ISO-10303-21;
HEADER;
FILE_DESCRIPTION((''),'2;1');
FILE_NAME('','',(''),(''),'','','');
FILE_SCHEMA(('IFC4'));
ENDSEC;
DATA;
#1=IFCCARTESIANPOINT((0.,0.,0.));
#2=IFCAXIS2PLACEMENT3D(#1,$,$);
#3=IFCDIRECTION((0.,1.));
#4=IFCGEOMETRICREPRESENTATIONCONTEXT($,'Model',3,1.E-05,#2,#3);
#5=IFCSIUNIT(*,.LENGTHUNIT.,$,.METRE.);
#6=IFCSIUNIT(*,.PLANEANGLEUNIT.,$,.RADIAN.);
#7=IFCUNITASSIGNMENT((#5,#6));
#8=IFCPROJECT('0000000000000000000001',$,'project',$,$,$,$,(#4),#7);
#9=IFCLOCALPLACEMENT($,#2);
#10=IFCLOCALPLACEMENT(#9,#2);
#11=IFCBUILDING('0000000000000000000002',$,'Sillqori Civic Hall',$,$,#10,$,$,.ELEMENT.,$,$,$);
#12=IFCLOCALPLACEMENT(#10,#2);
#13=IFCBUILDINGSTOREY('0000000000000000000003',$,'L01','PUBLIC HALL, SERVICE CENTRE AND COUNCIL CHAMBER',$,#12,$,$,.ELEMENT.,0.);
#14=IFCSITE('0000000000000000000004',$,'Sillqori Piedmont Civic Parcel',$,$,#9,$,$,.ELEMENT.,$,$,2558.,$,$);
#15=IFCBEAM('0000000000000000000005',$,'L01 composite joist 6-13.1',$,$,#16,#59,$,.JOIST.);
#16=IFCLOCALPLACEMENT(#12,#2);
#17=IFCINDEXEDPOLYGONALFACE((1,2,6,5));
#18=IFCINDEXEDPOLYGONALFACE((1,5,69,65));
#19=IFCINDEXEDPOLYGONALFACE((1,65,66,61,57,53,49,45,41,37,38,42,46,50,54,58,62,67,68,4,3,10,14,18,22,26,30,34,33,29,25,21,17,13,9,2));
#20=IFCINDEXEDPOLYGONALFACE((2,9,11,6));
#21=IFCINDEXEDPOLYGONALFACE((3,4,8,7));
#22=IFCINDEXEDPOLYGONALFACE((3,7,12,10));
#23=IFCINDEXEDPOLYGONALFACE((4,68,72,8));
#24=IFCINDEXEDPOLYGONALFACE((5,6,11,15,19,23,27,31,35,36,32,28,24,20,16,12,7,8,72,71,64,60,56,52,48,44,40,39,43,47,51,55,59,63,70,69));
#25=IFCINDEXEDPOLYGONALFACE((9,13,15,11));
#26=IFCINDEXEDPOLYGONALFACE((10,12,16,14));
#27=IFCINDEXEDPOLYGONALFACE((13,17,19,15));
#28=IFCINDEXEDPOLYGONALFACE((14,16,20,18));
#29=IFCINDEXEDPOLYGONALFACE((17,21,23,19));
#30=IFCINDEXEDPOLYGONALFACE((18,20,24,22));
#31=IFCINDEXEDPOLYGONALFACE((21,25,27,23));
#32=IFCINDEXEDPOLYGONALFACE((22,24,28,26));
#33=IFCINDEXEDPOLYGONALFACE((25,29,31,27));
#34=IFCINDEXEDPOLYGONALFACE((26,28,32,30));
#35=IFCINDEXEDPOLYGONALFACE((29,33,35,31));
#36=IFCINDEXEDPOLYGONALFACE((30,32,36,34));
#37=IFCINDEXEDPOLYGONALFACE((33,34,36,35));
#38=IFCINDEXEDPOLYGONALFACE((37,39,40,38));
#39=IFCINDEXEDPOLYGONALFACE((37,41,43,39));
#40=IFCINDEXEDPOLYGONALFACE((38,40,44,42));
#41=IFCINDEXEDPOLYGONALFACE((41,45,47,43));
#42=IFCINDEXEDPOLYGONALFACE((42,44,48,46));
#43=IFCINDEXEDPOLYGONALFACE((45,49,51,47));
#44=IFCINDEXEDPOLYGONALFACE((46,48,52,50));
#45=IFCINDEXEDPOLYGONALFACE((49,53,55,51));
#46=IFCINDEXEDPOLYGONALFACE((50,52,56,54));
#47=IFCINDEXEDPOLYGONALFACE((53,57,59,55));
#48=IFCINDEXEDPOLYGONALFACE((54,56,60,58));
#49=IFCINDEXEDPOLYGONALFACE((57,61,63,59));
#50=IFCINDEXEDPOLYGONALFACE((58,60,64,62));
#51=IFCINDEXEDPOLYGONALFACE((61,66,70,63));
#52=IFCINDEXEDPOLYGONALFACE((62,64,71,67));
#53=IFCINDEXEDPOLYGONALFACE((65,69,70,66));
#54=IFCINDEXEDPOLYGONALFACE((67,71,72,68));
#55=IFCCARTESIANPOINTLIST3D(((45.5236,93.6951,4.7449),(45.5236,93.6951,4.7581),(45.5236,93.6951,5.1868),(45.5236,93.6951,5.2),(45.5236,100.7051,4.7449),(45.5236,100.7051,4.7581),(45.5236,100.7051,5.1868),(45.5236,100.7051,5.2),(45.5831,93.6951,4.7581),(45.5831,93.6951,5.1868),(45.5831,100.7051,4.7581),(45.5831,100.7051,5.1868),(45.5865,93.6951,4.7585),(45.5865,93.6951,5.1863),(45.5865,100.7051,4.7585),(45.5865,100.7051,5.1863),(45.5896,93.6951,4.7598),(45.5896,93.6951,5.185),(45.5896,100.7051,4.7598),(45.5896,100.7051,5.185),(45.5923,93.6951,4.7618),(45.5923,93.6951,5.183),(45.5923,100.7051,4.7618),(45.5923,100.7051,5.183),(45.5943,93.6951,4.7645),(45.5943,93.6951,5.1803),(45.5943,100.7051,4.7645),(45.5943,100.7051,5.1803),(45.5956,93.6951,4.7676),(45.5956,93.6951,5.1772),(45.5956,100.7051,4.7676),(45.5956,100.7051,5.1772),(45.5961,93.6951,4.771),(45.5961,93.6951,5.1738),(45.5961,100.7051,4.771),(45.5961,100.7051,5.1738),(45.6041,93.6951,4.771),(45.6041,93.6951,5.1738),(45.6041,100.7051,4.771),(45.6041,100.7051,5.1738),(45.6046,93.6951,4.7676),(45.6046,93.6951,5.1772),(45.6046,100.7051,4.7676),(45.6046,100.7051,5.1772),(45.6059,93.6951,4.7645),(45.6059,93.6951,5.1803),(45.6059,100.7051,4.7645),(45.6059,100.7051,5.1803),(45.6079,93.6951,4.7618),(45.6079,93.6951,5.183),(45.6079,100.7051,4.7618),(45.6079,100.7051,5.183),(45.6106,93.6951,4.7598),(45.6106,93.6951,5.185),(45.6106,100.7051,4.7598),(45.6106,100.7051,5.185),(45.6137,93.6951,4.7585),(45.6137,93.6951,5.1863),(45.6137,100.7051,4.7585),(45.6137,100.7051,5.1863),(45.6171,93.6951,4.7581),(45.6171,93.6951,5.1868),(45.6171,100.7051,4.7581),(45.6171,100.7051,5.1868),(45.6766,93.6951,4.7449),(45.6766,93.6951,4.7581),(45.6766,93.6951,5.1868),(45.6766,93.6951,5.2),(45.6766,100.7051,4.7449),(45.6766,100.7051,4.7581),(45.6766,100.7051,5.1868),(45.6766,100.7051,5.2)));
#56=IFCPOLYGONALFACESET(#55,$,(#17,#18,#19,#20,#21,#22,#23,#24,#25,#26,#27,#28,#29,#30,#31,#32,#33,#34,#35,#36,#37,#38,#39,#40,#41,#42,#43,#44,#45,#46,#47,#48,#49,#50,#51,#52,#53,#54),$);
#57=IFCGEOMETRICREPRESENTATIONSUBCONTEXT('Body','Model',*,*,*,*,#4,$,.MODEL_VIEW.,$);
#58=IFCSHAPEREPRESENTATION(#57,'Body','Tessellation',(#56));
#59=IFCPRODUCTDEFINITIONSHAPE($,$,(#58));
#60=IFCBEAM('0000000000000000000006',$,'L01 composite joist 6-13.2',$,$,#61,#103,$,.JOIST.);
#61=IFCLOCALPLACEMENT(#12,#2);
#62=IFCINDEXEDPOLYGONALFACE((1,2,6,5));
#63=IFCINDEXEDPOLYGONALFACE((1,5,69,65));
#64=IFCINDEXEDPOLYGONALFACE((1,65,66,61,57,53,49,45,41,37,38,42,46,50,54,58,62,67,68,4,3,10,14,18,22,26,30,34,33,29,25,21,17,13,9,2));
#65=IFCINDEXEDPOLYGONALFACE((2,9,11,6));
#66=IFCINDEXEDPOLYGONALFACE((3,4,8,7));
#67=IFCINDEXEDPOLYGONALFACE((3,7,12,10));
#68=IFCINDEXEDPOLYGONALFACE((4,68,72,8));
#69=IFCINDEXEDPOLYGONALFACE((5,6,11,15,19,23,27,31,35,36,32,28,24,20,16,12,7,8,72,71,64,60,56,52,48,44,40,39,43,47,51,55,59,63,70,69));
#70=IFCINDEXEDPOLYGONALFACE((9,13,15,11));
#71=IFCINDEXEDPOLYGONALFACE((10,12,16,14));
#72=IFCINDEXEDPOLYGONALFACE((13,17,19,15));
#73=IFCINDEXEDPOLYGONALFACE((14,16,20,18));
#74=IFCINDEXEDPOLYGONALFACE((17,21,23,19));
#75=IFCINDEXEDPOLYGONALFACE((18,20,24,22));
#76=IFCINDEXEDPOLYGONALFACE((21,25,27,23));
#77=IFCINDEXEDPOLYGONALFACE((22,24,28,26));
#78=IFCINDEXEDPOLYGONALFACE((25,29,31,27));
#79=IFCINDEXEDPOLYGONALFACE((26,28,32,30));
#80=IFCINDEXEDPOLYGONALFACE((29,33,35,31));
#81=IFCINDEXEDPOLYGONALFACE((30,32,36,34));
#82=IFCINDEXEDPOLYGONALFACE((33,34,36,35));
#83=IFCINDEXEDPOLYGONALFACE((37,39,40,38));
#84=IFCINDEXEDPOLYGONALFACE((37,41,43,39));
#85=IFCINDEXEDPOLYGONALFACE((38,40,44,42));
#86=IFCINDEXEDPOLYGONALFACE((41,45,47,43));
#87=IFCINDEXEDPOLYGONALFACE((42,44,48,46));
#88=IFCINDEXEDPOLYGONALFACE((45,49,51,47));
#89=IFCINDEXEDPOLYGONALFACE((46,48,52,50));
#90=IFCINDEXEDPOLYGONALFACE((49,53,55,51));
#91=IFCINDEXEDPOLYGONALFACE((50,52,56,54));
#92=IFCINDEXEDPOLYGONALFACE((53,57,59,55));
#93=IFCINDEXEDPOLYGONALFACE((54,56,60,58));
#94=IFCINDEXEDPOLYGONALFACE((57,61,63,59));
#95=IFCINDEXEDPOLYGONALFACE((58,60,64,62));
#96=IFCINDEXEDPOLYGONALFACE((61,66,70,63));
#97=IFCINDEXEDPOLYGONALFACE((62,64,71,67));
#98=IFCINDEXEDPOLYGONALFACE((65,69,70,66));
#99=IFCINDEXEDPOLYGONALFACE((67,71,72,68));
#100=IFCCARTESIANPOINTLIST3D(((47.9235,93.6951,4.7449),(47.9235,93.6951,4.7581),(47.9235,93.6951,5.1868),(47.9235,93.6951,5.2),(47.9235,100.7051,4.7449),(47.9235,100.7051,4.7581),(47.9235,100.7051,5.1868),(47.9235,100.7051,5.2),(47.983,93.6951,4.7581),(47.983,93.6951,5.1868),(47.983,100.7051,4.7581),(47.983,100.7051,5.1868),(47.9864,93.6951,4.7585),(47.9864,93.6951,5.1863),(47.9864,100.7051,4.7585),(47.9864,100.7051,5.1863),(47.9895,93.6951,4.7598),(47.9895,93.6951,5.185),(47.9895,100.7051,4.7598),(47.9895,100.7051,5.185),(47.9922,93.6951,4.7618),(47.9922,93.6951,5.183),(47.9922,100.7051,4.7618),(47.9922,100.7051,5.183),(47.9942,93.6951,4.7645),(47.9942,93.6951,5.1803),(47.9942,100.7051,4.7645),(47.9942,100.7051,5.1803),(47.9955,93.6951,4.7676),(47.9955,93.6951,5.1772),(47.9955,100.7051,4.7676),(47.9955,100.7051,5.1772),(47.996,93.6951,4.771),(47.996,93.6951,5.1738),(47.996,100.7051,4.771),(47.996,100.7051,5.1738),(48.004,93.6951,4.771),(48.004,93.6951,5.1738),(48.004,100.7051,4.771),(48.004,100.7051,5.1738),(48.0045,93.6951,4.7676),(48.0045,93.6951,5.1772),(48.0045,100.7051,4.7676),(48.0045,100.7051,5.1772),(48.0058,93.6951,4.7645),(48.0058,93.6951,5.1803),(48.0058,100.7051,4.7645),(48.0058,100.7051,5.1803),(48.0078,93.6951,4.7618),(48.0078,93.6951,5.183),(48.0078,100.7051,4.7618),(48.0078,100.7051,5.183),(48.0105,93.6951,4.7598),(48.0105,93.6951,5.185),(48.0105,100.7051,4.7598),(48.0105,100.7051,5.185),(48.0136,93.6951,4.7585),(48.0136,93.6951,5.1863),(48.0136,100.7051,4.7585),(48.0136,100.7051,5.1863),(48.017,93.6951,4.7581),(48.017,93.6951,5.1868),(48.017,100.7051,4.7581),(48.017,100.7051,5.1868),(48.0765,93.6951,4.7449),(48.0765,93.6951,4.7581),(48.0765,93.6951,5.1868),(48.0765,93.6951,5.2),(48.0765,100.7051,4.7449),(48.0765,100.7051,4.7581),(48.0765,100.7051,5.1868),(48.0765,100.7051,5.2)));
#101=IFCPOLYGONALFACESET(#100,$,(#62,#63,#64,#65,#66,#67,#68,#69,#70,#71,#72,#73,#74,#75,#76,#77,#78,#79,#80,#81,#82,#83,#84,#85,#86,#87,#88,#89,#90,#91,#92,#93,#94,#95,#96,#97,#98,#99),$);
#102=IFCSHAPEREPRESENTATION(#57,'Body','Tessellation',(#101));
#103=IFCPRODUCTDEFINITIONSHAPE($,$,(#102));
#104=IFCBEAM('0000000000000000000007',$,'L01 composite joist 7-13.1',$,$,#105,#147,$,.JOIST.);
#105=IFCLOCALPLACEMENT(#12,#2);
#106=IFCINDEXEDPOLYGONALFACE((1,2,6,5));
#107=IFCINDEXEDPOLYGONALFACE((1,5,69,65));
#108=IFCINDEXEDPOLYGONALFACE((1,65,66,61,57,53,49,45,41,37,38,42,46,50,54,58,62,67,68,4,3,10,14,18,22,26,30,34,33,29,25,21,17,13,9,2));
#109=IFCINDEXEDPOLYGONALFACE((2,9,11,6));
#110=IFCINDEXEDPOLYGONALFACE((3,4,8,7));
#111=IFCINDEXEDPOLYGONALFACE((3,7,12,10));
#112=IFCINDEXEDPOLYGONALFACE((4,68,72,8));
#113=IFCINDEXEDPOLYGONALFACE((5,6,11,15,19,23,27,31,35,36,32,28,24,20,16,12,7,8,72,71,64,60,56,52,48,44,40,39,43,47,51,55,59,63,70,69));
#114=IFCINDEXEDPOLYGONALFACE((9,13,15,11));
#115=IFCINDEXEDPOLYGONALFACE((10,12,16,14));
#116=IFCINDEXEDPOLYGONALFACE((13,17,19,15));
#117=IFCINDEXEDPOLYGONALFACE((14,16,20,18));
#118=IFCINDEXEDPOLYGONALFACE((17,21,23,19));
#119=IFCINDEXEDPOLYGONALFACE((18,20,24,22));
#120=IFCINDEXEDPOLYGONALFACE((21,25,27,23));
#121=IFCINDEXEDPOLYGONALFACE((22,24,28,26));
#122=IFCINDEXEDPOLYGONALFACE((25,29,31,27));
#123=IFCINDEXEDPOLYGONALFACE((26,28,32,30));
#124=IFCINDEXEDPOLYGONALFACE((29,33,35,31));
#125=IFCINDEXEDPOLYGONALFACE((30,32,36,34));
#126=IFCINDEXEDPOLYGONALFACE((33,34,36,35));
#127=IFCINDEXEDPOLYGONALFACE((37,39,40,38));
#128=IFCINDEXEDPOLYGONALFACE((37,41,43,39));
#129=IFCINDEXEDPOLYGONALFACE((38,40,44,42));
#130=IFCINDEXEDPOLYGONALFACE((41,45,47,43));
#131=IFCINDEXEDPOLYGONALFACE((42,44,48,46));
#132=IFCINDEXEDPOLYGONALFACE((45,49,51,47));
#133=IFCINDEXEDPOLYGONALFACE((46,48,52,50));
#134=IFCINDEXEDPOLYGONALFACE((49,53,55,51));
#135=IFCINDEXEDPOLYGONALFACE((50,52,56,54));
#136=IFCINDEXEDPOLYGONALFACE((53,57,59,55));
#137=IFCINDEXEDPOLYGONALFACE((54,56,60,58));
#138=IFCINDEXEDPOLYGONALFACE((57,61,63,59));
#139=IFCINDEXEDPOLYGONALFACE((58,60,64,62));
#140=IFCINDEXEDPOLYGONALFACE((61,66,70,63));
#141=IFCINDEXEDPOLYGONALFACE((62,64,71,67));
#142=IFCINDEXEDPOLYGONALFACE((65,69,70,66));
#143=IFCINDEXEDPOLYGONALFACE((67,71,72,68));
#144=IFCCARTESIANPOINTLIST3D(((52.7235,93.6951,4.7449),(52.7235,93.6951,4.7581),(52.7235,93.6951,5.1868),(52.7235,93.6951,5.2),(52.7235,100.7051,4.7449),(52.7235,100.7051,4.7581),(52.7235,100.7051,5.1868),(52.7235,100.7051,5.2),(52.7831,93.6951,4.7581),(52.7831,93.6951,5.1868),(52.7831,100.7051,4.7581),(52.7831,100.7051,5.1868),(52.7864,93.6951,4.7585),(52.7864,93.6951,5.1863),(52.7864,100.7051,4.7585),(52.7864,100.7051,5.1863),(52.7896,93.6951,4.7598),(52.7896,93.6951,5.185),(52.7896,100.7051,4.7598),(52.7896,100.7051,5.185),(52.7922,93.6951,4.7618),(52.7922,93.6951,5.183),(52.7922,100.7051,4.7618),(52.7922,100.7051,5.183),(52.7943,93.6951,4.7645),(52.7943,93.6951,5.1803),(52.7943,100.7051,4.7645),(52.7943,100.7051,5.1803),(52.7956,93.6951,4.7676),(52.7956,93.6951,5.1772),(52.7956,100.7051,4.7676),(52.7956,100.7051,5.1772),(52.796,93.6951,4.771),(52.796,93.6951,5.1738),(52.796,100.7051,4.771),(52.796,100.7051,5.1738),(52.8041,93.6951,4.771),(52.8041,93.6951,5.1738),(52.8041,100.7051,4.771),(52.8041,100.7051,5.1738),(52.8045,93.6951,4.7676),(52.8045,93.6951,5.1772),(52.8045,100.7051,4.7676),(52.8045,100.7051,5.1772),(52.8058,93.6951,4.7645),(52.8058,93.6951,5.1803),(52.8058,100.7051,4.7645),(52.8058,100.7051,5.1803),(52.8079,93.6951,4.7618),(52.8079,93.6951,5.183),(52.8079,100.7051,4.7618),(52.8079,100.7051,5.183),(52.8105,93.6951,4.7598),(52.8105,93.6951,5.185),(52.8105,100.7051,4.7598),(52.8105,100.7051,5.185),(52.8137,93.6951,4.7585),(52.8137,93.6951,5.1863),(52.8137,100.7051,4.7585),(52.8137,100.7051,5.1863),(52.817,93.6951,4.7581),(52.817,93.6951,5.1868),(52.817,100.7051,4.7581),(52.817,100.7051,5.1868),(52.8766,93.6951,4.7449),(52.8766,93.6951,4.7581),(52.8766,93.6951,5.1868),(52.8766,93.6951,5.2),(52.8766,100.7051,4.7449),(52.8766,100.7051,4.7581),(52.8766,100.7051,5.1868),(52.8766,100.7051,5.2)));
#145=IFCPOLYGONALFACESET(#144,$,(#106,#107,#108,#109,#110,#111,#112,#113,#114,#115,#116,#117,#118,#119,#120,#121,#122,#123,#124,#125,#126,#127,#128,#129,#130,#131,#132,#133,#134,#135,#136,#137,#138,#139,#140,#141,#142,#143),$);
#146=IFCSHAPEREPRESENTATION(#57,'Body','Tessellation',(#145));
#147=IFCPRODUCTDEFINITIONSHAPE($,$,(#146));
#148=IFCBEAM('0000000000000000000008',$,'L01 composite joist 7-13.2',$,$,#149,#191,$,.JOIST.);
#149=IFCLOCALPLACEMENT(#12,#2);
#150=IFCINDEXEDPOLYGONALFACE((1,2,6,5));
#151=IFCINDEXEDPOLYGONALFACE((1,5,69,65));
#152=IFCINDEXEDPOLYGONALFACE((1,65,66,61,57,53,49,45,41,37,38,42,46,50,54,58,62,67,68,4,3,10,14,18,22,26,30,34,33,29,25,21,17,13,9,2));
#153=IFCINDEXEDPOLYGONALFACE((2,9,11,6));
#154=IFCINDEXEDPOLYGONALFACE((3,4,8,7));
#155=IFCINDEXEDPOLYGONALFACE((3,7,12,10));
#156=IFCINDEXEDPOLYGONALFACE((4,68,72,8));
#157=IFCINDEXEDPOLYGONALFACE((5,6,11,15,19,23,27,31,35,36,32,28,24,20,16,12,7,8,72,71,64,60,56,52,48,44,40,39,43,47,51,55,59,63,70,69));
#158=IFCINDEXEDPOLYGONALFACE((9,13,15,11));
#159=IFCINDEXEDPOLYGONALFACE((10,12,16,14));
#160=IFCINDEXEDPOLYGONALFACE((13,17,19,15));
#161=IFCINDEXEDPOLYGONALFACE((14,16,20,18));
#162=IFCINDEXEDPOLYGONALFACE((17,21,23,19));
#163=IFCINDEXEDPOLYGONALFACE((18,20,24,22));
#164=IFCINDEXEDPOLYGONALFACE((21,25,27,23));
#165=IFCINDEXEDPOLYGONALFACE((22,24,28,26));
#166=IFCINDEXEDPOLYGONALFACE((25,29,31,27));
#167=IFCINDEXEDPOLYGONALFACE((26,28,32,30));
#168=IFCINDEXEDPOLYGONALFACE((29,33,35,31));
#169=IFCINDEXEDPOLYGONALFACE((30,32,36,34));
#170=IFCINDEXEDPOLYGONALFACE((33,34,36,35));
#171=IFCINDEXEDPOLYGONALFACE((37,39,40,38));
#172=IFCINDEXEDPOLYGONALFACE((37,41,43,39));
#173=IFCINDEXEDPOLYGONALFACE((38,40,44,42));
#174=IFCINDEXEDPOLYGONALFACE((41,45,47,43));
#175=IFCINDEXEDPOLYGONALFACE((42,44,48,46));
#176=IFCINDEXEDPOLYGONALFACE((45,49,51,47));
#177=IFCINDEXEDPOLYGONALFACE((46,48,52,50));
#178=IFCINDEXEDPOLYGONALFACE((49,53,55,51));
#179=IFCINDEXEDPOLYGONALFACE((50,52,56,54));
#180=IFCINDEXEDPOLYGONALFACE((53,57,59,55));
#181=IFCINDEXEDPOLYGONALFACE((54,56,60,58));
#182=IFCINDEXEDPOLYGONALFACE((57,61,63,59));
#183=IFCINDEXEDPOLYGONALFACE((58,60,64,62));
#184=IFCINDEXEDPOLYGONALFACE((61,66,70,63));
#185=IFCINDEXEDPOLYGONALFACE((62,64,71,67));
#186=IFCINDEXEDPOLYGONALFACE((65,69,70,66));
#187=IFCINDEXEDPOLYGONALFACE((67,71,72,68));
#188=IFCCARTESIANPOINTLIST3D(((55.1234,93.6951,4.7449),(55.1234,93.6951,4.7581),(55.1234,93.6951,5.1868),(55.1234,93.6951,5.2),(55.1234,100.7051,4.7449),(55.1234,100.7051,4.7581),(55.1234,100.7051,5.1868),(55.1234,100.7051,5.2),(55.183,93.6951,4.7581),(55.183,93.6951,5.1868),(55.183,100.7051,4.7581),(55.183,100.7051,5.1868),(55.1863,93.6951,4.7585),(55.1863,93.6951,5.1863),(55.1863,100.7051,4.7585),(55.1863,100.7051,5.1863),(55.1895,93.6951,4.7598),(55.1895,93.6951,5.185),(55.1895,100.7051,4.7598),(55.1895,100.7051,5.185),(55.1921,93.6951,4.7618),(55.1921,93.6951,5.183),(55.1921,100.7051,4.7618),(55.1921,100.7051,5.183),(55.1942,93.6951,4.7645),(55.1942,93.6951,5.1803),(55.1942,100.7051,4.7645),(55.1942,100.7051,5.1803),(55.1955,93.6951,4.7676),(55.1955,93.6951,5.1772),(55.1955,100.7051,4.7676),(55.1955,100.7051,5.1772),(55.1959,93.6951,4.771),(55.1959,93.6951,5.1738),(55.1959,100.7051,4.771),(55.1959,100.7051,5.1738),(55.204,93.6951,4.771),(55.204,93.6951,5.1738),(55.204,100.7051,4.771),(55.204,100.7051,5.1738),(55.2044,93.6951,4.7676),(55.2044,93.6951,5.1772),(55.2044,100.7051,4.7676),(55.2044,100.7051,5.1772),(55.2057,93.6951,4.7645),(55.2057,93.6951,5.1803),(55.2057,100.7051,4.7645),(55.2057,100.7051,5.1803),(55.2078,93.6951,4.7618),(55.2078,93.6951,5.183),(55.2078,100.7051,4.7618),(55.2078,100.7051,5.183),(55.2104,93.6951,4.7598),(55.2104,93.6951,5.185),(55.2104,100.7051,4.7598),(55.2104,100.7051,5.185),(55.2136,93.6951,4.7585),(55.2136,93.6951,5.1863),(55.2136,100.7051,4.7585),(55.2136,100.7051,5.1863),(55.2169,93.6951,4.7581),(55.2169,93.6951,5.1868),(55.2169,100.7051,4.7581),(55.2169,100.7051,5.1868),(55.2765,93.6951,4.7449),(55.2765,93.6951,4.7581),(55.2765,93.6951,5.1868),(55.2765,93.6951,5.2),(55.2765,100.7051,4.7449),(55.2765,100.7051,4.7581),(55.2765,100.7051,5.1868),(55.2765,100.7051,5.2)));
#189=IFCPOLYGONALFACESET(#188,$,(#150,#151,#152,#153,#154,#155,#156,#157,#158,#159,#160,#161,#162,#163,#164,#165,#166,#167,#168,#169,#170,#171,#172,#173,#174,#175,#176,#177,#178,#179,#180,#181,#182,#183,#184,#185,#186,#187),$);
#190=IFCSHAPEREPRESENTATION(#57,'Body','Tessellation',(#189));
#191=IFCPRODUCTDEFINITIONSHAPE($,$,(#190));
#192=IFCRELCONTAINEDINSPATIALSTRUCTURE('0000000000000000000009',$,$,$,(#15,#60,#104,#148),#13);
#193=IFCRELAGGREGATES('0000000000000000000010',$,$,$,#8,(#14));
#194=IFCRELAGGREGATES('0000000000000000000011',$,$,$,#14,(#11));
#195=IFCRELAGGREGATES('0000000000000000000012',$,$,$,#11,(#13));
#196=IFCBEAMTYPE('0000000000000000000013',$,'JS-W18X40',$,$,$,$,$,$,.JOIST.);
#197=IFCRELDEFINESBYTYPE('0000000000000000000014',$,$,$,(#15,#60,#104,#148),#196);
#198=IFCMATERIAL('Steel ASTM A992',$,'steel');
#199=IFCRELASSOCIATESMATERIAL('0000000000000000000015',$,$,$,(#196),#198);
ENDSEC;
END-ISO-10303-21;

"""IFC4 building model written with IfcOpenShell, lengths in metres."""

from ifc_helpers import new_model, si_unit, direction, frame, origin, origin_2d, place, context, subcontext, project, spatial, i_section, extrude, material, material_profile, profile_set, type_object, element, save


model = new_model("IFC4")

# Units and contexts
model_context = context("Model", 3, precision=1e-05, world=origin(), true_north=direction((0.0, 1.0)))
body_context = subcontext(model_context, "Body", "Model", "MODEL_VIEW")
ifc_project = project(units=[si_unit("LENGTHUNIT", "METRE"), si_unit("PLANEANGLEUNIT", "RADIAN")], contexts=[model_context])

# Site, building, storey
site_placement = place(None, origin())
site = spatial("IfcSite", under=ifc_project, at=site_placement, Name="Sillqori Piedmont Civic Parcel", CompositionType="ELEMENT", RefElevation=2558.0)
building_placement = place(site_placement, origin())
building = spatial("IfcBuilding", under=site, at=building_placement, Name="Sillqori Civic Hall", CompositionType="ELEMENT")
storey_placement = place(building_placement, origin())
storey = spatial("IfcBuildingStorey", under=building, at=storey_placement, Name="L01", Description="PUBLIC HALL, SERVICE CENTRE AND COUNCIL CHAMBER", CompositionType="ELEMENT", Elevation=0.0)

# Shared definitions
ifc_material_1 = material(Name="Steel ASTM A992", Category="steel")

# Beams
ifc_material_profile_1 = material_profile(ifc_material_1, i_section(OverallWidth=0.1531, OverallDepth=0.4551, WebThickness=0.0081, FlangeThickness=0.0132, FilletRadius=0.0129, at=origin_2d()), Name="W18X40")
ifc_profile_set_1 = profile_set([ifc_material_profile_1], Name="Steel ASTM A992")
beam_type_1 = type_object("IfcBeamType", Name="JS-W18X40", PredefinedType="JOIST", material=ifc_profile_set_1)
for number, where, z_axis, x_axis, name in (
    (1, (45.6001, 93.6951, 4.9724), (0.0, 1.0, 0.0), (-1.0, 0.0, 0.0), "L01 composite joist 6-13.1"),
    (2, (48.0, 93.6951, 4.9724), (0.0, 1.0, 0.0), (-1.0, 0.0, 0.0), "L01 composite joist 6-13.2"),
    (3, (52.8, 93.6951, 4.9724), (0.0, 1.0, 0.0), (-1.0, 0.0, 0.0), "L01 composite joist 7-13.1"),
    (4, (55.2, 93.6951, 4.9724), (0.0, 1.0, 0.0), (-1.0, 0.0, 0.0), "L01 composite joist 7-13.2"),
):
    element("IfcBeam", number, at=place(storey_placement, frame(where, z_axis=z_axis, x_axis=x_axis)), inside=storey, type_object=beam_type_1, Name=name, PredefinedType="JOIST", context=body_context, shape_type="SweptSolid", body=[
        extrude(i_section(OverallWidth=0.1531, OverallDepth=0.4551, WebThickness=0.0081, FlangeThickness=0.0132, FilletRadius=0.0129, at=origin_2d()), origin(), (0.0, 0.0, 1.0), 7.01),
    ])

save(model, "model.ifc")
